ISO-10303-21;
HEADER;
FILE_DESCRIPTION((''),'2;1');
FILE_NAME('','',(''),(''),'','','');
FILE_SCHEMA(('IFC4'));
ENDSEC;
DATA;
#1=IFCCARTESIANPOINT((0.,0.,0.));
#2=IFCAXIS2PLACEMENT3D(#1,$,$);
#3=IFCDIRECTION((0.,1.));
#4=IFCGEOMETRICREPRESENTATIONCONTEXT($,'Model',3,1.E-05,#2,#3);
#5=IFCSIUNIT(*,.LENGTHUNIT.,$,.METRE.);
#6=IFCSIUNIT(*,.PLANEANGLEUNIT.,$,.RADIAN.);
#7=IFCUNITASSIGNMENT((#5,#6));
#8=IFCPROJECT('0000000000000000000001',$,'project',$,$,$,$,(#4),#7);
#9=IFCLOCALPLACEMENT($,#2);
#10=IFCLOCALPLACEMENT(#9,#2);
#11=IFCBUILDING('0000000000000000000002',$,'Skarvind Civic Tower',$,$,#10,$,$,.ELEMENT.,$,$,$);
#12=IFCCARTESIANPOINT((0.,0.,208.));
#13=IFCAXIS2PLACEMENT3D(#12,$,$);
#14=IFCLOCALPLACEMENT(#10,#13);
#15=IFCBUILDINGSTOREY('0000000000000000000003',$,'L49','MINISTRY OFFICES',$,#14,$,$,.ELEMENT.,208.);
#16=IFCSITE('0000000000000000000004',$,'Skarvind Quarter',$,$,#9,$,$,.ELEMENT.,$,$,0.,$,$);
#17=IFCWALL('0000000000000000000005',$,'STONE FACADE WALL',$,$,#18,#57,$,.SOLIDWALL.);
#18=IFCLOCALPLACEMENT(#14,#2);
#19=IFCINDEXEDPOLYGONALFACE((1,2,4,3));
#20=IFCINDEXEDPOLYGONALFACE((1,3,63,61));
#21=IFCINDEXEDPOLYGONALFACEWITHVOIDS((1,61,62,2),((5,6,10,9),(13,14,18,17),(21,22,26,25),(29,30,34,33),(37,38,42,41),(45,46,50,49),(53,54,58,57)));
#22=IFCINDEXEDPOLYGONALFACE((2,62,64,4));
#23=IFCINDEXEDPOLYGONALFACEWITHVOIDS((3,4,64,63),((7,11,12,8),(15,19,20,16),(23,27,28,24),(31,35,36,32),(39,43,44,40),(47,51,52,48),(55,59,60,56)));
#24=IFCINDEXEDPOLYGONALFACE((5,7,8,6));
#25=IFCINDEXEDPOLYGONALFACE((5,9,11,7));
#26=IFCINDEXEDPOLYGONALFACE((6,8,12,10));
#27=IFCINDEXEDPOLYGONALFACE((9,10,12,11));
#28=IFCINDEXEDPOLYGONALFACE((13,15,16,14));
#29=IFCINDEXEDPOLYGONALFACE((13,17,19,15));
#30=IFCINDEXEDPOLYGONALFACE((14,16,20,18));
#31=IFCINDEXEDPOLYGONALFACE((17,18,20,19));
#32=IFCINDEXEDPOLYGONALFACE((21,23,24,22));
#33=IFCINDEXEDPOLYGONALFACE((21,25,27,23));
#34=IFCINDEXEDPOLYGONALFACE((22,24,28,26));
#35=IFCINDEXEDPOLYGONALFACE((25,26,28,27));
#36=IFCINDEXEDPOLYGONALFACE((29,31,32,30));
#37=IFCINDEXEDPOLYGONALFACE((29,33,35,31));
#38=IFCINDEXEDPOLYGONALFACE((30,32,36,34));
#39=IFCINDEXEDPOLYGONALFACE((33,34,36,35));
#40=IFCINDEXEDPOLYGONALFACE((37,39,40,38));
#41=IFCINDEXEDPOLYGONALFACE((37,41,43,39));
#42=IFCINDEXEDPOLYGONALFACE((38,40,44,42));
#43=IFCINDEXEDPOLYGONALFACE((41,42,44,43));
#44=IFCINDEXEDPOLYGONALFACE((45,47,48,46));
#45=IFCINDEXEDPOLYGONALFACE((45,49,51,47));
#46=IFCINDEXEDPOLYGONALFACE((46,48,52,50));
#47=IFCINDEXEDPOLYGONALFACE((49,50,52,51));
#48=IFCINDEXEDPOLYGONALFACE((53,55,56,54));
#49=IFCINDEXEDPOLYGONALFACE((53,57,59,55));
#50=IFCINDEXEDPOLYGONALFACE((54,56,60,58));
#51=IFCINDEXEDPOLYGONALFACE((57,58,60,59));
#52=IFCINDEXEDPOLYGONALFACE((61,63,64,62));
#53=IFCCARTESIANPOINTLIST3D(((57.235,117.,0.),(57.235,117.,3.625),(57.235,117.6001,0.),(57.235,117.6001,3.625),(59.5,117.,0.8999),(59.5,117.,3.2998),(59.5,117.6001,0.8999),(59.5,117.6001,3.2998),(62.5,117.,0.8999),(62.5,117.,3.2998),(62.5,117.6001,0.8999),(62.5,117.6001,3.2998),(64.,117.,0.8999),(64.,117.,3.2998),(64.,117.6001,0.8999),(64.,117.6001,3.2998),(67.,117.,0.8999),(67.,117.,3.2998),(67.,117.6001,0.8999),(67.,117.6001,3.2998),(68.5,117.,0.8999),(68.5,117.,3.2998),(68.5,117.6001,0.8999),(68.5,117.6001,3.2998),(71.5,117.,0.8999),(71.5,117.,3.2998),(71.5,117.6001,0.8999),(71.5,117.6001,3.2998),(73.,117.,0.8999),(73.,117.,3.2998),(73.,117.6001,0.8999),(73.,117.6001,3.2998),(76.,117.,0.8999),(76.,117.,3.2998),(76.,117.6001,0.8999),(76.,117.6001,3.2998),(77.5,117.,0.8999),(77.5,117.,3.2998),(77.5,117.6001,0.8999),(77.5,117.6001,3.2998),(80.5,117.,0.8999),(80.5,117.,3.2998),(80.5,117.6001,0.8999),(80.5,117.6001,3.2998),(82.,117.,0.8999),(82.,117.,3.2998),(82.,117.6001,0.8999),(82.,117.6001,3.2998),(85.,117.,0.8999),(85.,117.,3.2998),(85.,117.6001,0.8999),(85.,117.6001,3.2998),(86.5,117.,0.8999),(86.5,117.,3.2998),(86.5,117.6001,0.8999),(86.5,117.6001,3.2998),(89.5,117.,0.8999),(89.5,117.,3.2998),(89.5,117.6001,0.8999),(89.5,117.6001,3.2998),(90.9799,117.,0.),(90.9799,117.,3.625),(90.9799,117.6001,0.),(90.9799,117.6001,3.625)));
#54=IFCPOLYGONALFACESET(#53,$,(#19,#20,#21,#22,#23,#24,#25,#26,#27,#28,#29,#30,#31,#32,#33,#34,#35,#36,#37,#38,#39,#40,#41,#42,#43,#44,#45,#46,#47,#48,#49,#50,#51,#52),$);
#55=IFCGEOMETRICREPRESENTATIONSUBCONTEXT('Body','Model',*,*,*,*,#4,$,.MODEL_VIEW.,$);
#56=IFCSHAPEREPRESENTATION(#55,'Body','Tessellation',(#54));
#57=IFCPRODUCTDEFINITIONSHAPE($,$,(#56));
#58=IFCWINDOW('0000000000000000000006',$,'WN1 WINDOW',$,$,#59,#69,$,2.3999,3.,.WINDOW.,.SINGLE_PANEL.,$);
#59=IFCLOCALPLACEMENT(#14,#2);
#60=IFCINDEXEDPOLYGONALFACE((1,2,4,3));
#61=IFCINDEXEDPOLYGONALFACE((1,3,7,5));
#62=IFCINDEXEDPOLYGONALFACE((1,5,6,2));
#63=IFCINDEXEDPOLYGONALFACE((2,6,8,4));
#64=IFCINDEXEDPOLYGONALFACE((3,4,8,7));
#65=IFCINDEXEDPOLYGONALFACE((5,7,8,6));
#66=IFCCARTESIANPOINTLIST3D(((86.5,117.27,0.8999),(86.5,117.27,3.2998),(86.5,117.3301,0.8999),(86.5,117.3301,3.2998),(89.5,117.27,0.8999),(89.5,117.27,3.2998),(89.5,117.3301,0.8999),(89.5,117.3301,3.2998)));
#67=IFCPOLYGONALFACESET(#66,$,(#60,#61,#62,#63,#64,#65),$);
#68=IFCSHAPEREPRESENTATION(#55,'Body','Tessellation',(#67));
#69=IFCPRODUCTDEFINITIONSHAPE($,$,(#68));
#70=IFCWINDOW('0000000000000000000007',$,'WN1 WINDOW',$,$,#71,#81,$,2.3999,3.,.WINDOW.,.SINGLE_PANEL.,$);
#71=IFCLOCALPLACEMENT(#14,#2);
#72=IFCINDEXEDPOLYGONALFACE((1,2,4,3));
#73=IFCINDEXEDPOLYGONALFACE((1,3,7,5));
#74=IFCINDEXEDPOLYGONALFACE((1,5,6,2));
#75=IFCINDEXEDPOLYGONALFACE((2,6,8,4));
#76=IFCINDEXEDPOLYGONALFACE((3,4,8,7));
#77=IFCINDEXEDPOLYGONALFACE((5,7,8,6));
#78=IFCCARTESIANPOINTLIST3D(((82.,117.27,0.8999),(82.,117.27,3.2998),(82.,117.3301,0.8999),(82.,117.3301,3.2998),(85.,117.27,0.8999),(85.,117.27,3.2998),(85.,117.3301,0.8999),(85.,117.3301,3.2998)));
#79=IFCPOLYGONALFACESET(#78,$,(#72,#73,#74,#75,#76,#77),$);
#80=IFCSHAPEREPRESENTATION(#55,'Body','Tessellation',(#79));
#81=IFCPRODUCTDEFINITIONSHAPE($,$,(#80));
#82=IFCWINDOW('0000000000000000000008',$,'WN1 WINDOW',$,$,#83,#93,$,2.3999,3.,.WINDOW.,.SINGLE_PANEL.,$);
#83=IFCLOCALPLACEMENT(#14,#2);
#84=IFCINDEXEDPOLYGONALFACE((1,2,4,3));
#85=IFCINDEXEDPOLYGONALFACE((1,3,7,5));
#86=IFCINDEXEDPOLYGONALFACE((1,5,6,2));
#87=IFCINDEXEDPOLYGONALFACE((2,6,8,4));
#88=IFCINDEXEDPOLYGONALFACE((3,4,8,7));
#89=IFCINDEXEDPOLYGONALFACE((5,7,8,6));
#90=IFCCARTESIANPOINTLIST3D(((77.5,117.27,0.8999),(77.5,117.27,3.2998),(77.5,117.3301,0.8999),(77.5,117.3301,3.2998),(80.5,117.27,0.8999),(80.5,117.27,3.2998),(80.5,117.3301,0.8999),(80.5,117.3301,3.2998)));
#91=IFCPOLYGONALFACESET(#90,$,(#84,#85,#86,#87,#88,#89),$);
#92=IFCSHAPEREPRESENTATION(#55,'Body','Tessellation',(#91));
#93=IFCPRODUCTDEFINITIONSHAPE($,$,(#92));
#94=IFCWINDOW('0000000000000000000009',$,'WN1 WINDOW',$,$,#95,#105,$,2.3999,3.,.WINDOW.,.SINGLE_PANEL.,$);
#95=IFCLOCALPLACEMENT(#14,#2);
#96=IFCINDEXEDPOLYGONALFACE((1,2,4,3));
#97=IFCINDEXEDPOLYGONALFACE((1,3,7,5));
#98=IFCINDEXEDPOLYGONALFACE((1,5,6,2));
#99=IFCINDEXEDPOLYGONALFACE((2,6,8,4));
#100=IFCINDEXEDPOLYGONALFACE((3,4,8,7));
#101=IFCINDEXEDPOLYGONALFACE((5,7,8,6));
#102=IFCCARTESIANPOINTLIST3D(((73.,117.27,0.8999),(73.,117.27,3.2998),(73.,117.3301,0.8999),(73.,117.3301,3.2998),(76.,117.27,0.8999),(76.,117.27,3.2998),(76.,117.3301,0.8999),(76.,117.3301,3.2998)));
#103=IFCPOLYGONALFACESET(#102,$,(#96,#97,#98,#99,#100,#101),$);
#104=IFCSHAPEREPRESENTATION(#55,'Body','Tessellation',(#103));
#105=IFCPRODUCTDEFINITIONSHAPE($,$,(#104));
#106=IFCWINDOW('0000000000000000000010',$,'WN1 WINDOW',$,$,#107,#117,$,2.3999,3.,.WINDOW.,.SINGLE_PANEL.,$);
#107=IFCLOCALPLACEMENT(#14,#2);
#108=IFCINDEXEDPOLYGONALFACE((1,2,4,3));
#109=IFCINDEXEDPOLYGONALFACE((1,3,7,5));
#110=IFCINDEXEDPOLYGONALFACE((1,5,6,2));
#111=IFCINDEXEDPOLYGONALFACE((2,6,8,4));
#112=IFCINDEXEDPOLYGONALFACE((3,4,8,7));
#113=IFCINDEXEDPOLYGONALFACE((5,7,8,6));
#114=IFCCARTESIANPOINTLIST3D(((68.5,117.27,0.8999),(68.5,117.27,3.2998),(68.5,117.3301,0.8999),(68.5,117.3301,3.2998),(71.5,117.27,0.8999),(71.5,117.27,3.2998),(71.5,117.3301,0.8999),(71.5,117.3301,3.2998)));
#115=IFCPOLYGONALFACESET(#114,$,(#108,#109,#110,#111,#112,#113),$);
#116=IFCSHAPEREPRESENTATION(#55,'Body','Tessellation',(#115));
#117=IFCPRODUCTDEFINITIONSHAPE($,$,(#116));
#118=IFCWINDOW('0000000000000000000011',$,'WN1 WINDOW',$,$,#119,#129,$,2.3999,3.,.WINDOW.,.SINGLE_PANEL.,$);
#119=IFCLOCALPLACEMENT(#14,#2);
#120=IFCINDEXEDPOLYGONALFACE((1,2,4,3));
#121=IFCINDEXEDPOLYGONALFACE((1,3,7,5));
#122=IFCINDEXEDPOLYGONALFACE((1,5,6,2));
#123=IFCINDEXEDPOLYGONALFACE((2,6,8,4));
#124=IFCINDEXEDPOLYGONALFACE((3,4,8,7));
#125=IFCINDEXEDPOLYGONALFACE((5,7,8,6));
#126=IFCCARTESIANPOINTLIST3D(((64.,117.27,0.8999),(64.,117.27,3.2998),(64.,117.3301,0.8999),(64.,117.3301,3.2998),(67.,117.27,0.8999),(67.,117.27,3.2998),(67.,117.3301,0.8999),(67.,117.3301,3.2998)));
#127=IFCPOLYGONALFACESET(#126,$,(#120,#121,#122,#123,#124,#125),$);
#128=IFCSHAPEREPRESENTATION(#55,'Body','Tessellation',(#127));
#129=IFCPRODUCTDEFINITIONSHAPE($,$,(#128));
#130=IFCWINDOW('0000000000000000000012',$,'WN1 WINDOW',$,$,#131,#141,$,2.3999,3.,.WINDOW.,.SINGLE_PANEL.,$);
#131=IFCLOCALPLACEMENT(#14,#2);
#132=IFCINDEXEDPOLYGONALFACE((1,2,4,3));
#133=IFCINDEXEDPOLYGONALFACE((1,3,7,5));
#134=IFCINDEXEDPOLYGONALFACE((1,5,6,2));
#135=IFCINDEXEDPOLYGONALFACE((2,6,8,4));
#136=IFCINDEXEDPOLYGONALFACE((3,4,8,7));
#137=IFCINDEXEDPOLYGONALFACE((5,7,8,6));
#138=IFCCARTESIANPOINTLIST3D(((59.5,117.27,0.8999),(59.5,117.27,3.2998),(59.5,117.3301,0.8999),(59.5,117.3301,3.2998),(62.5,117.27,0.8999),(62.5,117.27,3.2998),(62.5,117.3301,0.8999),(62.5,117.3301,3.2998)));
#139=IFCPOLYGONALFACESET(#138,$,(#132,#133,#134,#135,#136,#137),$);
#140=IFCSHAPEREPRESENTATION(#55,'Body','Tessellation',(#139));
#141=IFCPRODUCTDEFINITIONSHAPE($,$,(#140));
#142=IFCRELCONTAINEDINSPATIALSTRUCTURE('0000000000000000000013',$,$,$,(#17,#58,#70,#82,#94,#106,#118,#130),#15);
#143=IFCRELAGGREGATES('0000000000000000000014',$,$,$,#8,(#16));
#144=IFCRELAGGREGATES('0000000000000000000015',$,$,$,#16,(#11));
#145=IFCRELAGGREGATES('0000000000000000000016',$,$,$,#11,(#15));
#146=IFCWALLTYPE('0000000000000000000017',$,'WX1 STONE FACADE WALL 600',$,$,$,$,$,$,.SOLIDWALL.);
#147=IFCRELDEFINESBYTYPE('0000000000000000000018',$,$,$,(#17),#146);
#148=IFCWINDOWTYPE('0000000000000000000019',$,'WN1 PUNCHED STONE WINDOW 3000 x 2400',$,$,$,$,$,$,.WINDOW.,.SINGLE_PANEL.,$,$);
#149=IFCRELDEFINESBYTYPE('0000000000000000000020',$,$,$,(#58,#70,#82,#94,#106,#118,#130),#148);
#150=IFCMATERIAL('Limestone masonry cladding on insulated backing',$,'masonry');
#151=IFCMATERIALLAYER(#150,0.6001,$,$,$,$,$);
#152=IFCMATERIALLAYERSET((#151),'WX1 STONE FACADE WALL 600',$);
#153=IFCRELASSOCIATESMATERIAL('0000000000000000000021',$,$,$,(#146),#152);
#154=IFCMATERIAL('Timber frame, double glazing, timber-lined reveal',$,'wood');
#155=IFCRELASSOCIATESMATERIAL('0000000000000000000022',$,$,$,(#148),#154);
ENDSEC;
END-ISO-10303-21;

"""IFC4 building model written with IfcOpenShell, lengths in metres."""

from ifc_helpers import new_model, si_unit, direction, frame, frame_2d, origin, place, context, subcontext, project, spatial, rectangle, extrude, material, layer, layer_set, type_object, element, fill, save


model = new_model("IFC4")

# Units and contexts
model_context = context("Model", 3, precision=1e-05, world=origin(), true_north=direction((0.0, 1.0)))
body_context = subcontext(model_context, "Body", "Model", "MODEL_VIEW")
ifc_project = project(units=[si_unit("LENGTHUNIT", "METRE"), si_unit("PLANEANGLEUNIT", "RADIAN")], contexts=[model_context])

# Site, building, storey
site_placement = place(None, origin())
site = spatial("IfcSite", under=ifc_project, at=site_placement, Name="Skarvind Quarter", CompositionType="ELEMENT", RefElevation=0.0)
building_placement = place(site_placement, origin())
building = spatial("IfcBuilding", under=site, at=building_placement, Name="Skarvind Civic Tower", CompositionType="ELEMENT")
storey_placement = place(building_placement, frame((0.0, 0.0, 208.0)))
storey = spatial("IfcBuildingStorey", under=building, at=storey_placement, Name="L49", Description="MINISTRY OFFICES", CompositionType="ELEMENT", Elevation=208.0)

# Wall, openings, windows
ifc_material_1 = material(Name="Limestone masonry cladding on insulated backing", Category="masonry")
ifc_layer_1 = layer(ifc_material_1, 0.6001)
ifc_layer_set_1 = layer_set([ifc_layer_1], Name="WX1 STONE FACADE WALL 600")
wall_type_1 = type_object("IfcWallType", Name="WX1 STONE FACADE WALL 600", PredefinedType="SOLIDWALL", material=ifc_layer_set_1)
wall_1_placement = place(storey_placement, frame((90.98, 117.3, 0.0), z_axis=(0.0, 0.0, 1.0), x_axis=(-1.0, 0.0, 0.0)))
wall_1 = element("IfcWall", 1, at=wall_1_placement, inside=storey, type_object=wall_type_1, Name="STONE FACADE WALL", PredefinedType="SOLIDWALL", context=body_context, shape_type="SweptSolid", body=[
    extrude(rectangle(XDim=33.7449, YDim=0.6001, at=frame_2d((16.8726, 0.0))), origin(), (0.0, 0.0, 1.0), 3.625),
])
opening_1_placement = place(wall_1_placement, frame((1.48, 0.0, 0.8999)))
opening_1 = element("IfcOpeningElement", 2, at=opening_1_placement, cuts=wall_1, PredefinedType="OPENING", context=body_context, shape_type="SweptSolid", body=[
    extrude(rectangle(XDim=3.0, YDim=2.3999, at=frame_2d((1.5, 1.2))), frame((0.0, 0.3101, 0.0), z_axis=(0.0, -1.0, 0.0), x_axis=(1.0, 0.0, 0.0)), (0.0, 0.0, 1.0), 0.6201),
])
opening_2_placement = place(wall_1_placement, frame((5.98, 0.0, 0.8999)))
opening_2 = element("IfcOpeningElement", 3, at=opening_2_placement, cuts=wall_1, PredefinedType="OPENING", context=body_context, shape_type="SweptSolid", body=[
    extrude(rectangle(XDim=3.0, YDim=2.3999, at=frame_2d((1.5, 1.2))), frame((0.0, 0.3101, 0.0), z_axis=(0.0, -1.0, 0.0), x_axis=(1.0, 0.0, 0.0)), (0.0, 0.0, 1.0), 0.6201),
])
opening_3_placement = place(wall_1_placement, frame((10.48, 0.0, 0.8999)))
opening_3 = element("IfcOpeningElement", 4, at=opening_3_placement, cuts=wall_1, PredefinedType="OPENING", context=body_context, shape_type="SweptSolid", body=[
    extrude(rectangle(XDim=3.0, YDim=2.3999, at=frame_2d((1.5, 1.2))), frame((0.0, 0.3101, 0.0), z_axis=(0.0, -1.0, 0.0), x_axis=(1.0, 0.0, 0.0)), (0.0, 0.0, 1.0), 0.6201),
])
opening_4_placement = place(wall_1_placement, frame((14.98, 0.0, 0.8999)))
opening_4 = element("IfcOpeningElement", 5, at=opening_4_placement, cuts=wall_1, PredefinedType="OPENING", context=body_context, shape_type="SweptSolid", body=[
    extrude(rectangle(XDim=3.0, YDim=2.3999, at=frame_2d((1.5, 1.2))), frame((0.0, 0.3101, 0.0), z_axis=(0.0, -1.0, 0.0), x_axis=(1.0, 0.0, 0.0)), (0.0, 0.0, 1.0), 0.6201),
])
opening_5_placement = place(wall_1_placement, frame((19.48, 0.0, 0.8999)))
opening_5 = element("IfcOpeningElement", 6, at=opening_5_placement, cuts=wall_1, PredefinedType="OPENING", context=body_context, shape_type="SweptSolid", body=[
    extrude(rectangle(XDim=3.0, YDim=2.3999, at=frame_2d((1.5, 1.2))), frame((0.0, 0.3101, 0.0), z_axis=(0.0, -1.0, 0.0), x_axis=(1.0, 0.0, 0.0)), (0.0, 0.0, 1.0), 0.6201),
])
opening_6_placement = place(wall_1_placement, frame((23.98, 0.0, 0.8999)))
opening_6 = element("IfcOpeningElement", 7, at=opening_6_placement, cuts=wall_1, PredefinedType="OPENING", context=body_context, shape_type="SweptSolid", body=[
    extrude(rectangle(XDim=3.0, YDim=2.3999, at=frame_2d((1.5, 1.2))), frame((0.0, 0.3101, 0.0), z_axis=(0.0, -1.0, 0.0), x_axis=(1.0, 0.0, 0.0)), (0.0, 0.0, 1.0), 0.6201),
])
opening_7_placement = place(wall_1_placement, frame((28.48, 0.0, 0.8999)))
opening_7 = element("IfcOpeningElement", 8, at=opening_7_placement, cuts=wall_1, PredefinedType="OPENING", context=body_context, shape_type="SweptSolid", body=[
    extrude(rectangle(XDim=3.0, YDim=2.3999, at=frame_2d((1.5, 1.2))), frame((0.0, 0.3101, 0.0), z_axis=(0.0, -1.0, 0.0), x_axis=(1.0, 0.0, 0.0)), (0.0, 0.0, 1.0), 0.6201),
])
ifc_material_2 = material(Name="Timber frame, double glazing, timber-lined reveal", Category="wood")
window_type = type_object("IfcWindowType", Name="WN1 PUNCHED STONE WINDOW 3000 x 2400", PartitioningType="SINGLE_PANEL", PredefinedType="WINDOW", material=ifc_material_2)
window_1_placement = place(opening_1_placement, origin())
window_1 = element("IfcWindow", 9, at=window_1_placement, inside=storey, type_object=window_type, Name="WN1 WINDOW", OverallHeight=2.3999, OverallWidth=3.0, PartitioningType="SINGLE_PANEL", PredefinedType="WINDOW", context=body_context, shape_type="SweptSolid", body=[
    extrude(rectangle(XDim=3.0, YDim=2.3999, at=frame_2d((1.5, 1.2))), frame((0.0, 0.03, 0.0), z_axis=(0.0, -1.0, 0.0), x_axis=(1.0, 0.0, 0.0)), (0.0, 0.0, 1.0), 0.0601),
])
fill(opening_1, window_1)
window_2_placement = place(opening_2_placement, origin())
window_2 = element("IfcWindow", 10, at=window_2_placement, inside=storey, type_object=window_type, Name="WN1 WINDOW", OverallHeight=2.3999, OverallWidth=3.0, PartitioningType="SINGLE_PANEL", PredefinedType="WINDOW", context=body_context, shape_type="SweptSolid", body=[
    extrude(rectangle(XDim=3.0, YDim=2.3999, at=frame_2d((1.5, 1.2))), frame((0.0, 0.03, 0.0), z_axis=(0.0, -1.0, 0.0), x_axis=(1.0, 0.0, 0.0)), (0.0, 0.0, 1.0), 0.0601),
])
fill(opening_2, window_2)
window_3_placement = place(opening_3_placement, origin())
window_3 = element("IfcWindow", 11, at=window_3_placement, inside=storey, type_object=window_type, Name="WN1 WINDOW", OverallHeight=2.3999, OverallWidth=3.0, PartitioningType="SINGLE_PANEL", PredefinedType="WINDOW", context=body_context, shape_type="SweptSolid", body=[
    extrude(rectangle(XDim=3.0, YDim=2.3999, at=frame_2d((1.5, 1.2))), frame((0.0, 0.03, 0.0), z_axis=(0.0, -1.0, 0.0), x_axis=(1.0, 0.0, 0.0)), (0.0, 0.0, 1.0), 0.0601),
])
fill(opening_3, window_3)
window_4_placement = place(opening_4_placement, origin())
window_4 = element("IfcWindow", 12, at=window_4_placement, inside=storey, type_object=window_type, Name="WN1 WINDOW", OverallHeight=2.3999, OverallWidth=3.0, PartitioningType="SINGLE_PANEL", PredefinedType="WINDOW", context=body_context, shape_type="SweptSolid", body=[
    extrude(rectangle(XDim=3.0, YDim=2.3999, at=frame_2d((1.5, 1.2))), frame((0.0, 0.03, 0.0), z_axis=(0.0, -1.0, 0.0), x_axis=(1.0, 0.0, 0.0)), (0.0, 0.0, 1.0), 0.0601),
])
fill(opening_4, window_4)
window_5_placement = place(opening_5_placement, origin())
window_5 = element("IfcWindow", 13, at=window_5_placement, inside=storey, type_object=window_type, Name="WN1 WINDOW", OverallHeight=2.3999, OverallWidth=3.0, PartitioningType="SINGLE_PANEL", PredefinedType="WINDOW", context=body_context, shape_type="SweptSolid", body=[
    extrude(rectangle(XDim=3.0, YDim=2.3999, at=frame_2d((1.5, 1.2))), frame((0.0, 0.03, 0.0), z_axis=(0.0, -1.0, 0.0), x_axis=(1.0, 0.0, 0.0)), (0.0, 0.0, 1.0), 0.0601),
])
fill(opening_5, window_5)
window_6_placement = place(opening_6_placement, origin())
window_6 = element("IfcWindow", 14, at=window_6_placement, inside=storey, type_object=window_type, Name="WN1 WINDOW", OverallHeight=2.3999, OverallWidth=3.0, PartitioningType="SINGLE_PANEL", PredefinedType="WINDOW", context=body_context, shape_type="SweptSolid", body=[
    extrude(rectangle(XDim=3.0, YDim=2.3999, at=frame_2d((1.5, 1.2))), frame((0.0, 0.03, 0.0), z_axis=(0.0, -1.0, 0.0), x_axis=(1.0, 0.0, 0.0)), (0.0, 0.0, 1.0), 0.0601),
])
fill(opening_6, window_6)
window_7_placement = place(opening_7_placement, origin())
window_7 = element("IfcWindow", 15, at=window_7_placement, inside=storey, type_object=window_type, Name="WN1 WINDOW", OverallHeight=2.3999, OverallWidth=3.0, PartitioningType="SINGLE_PANEL", PredefinedType="WINDOW", context=body_context, shape_type="SweptSolid", body=[
    extrude(rectangle(XDim=3.0, YDim=2.3999, at=frame_2d((1.5, 1.2))), frame((0.0, 0.03, 0.0), z_axis=(0.0, -1.0, 0.0), x_axis=(1.0, 0.0, 0.0)), (0.0, 0.0, 1.0), 0.0601),
])
fill(opening_7, window_7)

save(model, "model.ifc")
